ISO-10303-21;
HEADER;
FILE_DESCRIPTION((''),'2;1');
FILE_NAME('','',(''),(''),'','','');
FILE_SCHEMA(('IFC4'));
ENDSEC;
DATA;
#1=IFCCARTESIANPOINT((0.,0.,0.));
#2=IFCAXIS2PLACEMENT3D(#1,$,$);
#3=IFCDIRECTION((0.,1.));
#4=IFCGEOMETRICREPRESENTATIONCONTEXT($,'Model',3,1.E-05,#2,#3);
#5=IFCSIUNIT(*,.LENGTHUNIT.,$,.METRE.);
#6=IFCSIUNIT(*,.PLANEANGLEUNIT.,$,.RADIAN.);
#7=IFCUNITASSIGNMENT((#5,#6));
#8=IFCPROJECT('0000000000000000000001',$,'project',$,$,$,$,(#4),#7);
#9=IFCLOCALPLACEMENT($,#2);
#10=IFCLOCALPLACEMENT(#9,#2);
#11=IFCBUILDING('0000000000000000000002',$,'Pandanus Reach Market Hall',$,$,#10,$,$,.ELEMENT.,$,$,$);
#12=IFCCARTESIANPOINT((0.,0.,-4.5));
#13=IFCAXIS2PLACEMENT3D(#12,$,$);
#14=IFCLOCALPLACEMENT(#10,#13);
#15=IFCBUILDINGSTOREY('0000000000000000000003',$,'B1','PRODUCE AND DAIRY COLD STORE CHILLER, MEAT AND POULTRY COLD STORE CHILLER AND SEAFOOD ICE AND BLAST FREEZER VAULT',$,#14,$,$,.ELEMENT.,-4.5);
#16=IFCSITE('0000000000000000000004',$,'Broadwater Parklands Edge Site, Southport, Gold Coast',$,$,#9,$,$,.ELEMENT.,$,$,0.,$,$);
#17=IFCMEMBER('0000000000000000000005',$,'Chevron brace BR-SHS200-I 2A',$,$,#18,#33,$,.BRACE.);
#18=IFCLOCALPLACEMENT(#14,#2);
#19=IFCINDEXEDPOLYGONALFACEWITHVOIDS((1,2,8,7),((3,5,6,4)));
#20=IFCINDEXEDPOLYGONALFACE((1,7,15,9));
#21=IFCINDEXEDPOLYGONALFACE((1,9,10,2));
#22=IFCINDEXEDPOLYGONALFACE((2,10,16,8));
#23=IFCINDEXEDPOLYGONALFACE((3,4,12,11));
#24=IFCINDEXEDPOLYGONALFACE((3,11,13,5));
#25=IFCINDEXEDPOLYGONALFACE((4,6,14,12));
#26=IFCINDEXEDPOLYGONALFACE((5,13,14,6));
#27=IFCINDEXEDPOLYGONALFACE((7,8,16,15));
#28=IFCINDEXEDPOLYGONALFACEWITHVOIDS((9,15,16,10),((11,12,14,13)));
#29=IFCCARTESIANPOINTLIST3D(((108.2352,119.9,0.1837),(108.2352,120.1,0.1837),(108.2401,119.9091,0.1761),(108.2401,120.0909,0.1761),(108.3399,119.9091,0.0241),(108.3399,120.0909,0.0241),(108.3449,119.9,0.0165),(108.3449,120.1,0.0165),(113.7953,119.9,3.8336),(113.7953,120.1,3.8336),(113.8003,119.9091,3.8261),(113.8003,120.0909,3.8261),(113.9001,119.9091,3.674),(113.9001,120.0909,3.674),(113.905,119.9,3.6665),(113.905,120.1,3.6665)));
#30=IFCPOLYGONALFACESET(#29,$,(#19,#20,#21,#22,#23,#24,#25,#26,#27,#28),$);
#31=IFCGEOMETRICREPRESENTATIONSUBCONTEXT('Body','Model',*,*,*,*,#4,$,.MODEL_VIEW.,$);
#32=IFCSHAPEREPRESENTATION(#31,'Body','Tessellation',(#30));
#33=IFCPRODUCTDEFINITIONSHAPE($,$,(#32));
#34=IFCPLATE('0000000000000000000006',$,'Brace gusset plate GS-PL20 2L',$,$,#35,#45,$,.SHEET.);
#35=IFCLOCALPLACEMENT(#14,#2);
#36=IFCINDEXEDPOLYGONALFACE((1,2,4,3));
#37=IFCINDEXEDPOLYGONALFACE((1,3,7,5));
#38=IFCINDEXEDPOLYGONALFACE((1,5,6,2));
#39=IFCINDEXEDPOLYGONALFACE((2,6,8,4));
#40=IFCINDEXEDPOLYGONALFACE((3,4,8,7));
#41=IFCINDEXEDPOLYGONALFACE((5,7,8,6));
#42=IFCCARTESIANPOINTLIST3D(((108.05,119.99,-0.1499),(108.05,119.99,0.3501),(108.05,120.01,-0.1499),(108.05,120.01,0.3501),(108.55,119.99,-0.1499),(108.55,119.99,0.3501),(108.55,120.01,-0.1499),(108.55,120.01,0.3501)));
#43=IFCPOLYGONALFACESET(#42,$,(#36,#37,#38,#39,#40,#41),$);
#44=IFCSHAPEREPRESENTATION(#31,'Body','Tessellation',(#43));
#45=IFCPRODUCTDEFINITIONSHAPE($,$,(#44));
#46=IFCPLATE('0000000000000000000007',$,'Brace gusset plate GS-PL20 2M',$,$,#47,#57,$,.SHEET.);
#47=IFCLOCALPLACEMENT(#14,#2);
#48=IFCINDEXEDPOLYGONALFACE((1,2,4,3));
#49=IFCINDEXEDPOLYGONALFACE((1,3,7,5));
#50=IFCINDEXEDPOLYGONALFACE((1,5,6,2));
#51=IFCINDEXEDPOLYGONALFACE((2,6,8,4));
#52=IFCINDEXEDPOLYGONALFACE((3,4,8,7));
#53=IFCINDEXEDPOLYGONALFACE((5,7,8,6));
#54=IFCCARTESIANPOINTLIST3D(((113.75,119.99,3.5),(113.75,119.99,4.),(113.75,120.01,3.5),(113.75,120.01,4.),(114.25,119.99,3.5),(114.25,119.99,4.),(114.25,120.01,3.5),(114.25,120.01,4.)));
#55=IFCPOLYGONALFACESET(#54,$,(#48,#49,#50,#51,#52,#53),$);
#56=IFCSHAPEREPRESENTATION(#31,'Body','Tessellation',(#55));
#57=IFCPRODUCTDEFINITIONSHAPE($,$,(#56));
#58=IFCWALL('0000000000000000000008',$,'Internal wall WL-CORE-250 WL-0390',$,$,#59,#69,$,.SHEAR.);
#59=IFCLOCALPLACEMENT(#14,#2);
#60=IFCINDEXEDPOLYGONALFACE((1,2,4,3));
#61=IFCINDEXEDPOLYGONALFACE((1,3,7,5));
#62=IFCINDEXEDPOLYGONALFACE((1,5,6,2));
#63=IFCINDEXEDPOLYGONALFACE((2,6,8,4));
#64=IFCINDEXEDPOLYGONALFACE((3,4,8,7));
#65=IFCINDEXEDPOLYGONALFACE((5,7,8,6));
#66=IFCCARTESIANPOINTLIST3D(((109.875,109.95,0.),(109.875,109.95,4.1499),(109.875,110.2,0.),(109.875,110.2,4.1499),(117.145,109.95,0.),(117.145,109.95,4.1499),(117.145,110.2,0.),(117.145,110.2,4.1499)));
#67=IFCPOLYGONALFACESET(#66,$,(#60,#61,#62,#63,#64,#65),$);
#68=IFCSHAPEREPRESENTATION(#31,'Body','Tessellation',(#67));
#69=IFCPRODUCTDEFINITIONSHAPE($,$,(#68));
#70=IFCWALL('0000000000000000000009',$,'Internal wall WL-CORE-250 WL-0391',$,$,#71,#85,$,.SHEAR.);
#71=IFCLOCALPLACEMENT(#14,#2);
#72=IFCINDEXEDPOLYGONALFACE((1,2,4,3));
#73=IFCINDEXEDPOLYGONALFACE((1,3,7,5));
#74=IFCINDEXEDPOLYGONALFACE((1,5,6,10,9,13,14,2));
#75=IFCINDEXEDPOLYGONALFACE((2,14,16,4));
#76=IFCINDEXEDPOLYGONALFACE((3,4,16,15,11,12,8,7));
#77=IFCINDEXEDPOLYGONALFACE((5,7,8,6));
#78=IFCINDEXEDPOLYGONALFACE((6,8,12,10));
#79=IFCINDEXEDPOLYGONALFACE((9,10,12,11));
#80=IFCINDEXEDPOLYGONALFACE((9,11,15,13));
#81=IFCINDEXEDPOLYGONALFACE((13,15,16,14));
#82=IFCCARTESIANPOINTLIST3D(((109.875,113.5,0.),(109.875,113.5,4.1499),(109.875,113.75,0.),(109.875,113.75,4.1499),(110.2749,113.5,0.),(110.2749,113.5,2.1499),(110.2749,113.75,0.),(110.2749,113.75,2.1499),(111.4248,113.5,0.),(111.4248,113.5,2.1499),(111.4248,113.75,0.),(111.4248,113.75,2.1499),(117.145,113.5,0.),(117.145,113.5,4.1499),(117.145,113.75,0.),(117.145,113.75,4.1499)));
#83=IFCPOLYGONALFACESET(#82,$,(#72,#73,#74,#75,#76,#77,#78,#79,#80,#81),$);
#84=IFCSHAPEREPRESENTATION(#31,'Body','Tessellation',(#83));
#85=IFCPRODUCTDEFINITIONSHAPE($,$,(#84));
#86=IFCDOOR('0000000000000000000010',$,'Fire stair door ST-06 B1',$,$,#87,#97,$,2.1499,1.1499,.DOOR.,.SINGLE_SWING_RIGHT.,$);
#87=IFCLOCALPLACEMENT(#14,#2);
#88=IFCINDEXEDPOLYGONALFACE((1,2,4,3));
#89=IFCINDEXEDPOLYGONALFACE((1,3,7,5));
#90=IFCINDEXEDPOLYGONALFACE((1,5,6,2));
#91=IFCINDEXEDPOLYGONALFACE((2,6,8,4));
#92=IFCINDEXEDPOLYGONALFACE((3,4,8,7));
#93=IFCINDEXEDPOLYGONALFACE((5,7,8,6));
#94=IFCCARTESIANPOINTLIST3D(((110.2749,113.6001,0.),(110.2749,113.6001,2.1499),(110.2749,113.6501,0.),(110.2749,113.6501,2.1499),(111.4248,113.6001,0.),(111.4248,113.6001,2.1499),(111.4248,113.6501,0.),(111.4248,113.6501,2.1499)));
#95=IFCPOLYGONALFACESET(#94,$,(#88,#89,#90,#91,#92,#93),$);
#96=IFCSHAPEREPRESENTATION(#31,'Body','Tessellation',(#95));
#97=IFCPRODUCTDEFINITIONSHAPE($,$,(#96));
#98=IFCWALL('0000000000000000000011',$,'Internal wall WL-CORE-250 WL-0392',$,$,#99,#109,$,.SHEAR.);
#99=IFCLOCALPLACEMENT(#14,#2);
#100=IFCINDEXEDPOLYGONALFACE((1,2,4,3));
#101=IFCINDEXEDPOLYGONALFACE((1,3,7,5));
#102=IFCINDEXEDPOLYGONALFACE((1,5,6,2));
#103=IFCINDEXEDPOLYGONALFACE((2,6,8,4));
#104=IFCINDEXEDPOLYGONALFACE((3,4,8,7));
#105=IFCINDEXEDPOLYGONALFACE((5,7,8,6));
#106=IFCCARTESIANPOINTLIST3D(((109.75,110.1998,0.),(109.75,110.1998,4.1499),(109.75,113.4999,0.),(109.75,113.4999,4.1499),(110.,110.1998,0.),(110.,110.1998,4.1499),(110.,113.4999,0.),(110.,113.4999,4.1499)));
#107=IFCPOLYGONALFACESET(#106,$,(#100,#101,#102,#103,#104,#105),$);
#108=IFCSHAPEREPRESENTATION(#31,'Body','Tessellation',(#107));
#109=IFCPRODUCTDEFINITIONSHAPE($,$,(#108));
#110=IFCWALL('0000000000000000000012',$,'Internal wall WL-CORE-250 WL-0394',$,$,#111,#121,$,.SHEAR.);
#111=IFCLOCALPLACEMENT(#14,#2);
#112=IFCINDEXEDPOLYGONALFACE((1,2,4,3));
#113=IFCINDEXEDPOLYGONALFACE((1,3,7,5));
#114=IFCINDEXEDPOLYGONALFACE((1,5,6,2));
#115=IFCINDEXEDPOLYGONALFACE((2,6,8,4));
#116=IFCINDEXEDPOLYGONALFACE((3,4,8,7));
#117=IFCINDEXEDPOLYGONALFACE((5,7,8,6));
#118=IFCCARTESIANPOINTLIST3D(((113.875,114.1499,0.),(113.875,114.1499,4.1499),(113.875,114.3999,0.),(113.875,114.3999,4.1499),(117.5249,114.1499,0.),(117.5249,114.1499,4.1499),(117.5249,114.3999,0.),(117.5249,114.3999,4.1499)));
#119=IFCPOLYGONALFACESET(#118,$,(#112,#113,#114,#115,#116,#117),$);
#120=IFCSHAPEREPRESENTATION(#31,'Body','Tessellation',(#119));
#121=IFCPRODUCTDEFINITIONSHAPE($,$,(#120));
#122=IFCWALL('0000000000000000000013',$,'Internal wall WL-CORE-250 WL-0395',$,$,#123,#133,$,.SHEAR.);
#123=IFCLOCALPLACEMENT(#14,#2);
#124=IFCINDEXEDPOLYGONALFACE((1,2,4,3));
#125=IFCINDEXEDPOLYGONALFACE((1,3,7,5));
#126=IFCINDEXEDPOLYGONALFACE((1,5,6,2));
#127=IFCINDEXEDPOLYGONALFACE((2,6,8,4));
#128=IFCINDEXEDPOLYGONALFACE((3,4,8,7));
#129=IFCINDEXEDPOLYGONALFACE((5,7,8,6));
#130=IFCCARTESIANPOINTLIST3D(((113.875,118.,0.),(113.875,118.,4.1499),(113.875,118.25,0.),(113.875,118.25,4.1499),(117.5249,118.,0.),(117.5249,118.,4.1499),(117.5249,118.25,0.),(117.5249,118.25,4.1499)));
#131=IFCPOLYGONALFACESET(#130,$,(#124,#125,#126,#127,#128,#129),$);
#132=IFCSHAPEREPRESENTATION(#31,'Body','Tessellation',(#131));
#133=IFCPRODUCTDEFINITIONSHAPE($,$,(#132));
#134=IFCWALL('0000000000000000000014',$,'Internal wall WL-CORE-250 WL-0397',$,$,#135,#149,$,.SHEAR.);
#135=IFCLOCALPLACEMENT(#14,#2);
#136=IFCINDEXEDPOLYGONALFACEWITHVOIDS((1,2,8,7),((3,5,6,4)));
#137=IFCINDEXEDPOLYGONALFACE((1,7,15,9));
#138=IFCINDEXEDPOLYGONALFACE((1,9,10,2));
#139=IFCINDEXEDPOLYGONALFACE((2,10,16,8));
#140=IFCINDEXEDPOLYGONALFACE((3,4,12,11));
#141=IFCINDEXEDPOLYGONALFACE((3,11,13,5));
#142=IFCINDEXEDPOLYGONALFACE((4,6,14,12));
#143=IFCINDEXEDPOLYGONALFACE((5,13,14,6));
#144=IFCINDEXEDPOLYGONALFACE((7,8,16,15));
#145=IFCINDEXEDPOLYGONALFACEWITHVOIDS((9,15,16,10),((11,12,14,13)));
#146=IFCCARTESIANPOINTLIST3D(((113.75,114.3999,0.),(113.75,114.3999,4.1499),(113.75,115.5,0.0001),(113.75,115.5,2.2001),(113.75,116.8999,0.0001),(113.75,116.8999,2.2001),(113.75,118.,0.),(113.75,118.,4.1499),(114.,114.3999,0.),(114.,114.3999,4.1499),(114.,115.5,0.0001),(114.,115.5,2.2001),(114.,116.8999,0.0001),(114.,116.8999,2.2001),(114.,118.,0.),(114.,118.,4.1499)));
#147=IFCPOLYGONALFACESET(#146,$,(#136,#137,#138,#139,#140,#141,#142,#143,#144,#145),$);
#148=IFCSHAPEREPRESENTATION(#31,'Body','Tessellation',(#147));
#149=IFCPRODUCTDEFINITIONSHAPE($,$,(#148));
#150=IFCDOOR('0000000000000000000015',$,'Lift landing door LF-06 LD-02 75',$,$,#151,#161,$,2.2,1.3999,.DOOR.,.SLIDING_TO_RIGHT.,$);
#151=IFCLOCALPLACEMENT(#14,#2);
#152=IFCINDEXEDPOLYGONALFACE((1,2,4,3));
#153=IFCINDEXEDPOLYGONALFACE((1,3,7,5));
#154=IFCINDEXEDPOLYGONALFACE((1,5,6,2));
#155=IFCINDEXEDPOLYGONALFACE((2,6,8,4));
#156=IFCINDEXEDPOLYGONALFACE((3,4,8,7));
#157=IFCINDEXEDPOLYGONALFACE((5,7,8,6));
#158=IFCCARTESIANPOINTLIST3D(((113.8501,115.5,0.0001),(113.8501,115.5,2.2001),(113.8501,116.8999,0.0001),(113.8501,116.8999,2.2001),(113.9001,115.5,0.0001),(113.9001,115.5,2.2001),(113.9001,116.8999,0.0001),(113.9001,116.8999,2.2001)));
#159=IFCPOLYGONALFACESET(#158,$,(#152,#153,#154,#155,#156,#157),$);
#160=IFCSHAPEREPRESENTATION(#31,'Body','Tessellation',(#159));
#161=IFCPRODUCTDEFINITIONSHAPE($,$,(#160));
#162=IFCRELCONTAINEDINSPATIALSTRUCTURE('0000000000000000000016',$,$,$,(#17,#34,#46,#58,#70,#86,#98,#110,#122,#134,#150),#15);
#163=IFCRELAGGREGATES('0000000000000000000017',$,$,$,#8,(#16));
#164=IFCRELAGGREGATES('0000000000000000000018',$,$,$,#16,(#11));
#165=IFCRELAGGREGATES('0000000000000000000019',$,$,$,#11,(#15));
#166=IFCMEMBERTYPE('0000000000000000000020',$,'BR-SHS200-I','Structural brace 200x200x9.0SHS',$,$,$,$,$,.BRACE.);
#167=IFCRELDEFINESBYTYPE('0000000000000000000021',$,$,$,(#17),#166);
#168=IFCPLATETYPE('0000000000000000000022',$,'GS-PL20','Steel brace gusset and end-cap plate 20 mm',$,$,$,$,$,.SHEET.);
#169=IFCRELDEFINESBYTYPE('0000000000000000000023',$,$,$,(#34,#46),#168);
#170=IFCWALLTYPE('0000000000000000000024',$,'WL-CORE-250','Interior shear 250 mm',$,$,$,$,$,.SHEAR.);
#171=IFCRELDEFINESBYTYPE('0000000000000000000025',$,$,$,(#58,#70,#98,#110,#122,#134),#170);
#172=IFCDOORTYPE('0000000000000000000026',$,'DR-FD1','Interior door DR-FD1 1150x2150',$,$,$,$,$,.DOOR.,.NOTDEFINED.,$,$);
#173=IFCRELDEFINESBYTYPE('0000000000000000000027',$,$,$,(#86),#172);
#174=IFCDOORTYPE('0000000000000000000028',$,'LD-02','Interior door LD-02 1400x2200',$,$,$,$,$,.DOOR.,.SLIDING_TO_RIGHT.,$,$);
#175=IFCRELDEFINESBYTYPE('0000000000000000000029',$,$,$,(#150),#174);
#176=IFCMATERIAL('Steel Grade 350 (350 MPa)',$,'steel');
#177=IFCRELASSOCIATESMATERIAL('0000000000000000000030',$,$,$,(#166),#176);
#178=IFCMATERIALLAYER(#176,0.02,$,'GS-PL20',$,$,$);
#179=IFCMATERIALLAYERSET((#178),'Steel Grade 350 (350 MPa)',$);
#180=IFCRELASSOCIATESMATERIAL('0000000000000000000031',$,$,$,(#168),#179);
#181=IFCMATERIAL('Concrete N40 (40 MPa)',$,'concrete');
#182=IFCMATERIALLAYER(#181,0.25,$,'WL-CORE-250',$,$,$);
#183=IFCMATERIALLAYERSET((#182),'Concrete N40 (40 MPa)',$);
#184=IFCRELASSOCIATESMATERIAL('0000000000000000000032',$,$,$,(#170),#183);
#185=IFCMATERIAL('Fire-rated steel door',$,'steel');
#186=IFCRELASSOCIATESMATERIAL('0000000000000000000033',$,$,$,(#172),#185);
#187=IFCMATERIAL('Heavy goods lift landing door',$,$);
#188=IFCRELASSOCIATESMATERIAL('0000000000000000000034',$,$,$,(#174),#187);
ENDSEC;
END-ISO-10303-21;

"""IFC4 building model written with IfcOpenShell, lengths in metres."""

from ifc_helpers import new_model, si_unit, direction, frame, frame_2d, origin, origin_2d, place, context, subcontext, project, spatial, rectangle, hollow_rectangle, extrude, material, layer, layer_set, material_profile, profile_set, type_object, element, fill, save


model = new_model("IFC4")

# Units and contexts
model_context = context("Model", 3, precision=1e-05, world=origin(), true_north=direction((0.0, 1.0)))
body_context = subcontext(model_context, "Body", "Model", "MODEL_VIEW")
ifc_project = project(units=[si_unit("LENGTHUNIT", "METRE"), si_unit("PLANEANGLEUNIT", "RADIAN")], contexts=[model_context])

# Site, building, storey
site_placement = place(None, origin())
site = spatial("IfcSite", under=ifc_project, at=site_placement, Name="Broadwater Parklands Edge Site, Southport, Gold Coast", CompositionType="ELEMENT", RefElevation=0.0)
building_placement = place(site_placement, origin())
building = spatial("IfcBuilding", under=site, at=building_placement, Name="Pandanus Reach Market Hall", CompositionType="ELEMENT")
storey_placement = place(building_placement, frame((0.0, 0.0, -4.5)))
storey = spatial("IfcBuildingStorey", under=building, at=storey_placement, Name="B1", Description="PRODUCE AND DAIRY COLD STORE CHILLER, MEAT AND POULTRY COLD STORE CHILLER AND SEAFOOD ICE AND BLAST FREEZER VAULT", CompositionType="ELEMENT", Elevation=-4.5)

# Shared definitions
ifc_material_1 = material(Name="Concrete N40 (40 MPa)", Category="concrete")

# Member
ifc_material_2 = material(Name="Steel Grade 350 (350 MPa)", Category="steel")
ifc_material_profile_1 = material_profile(ifc_material_2, hollow_rectangle(XDim=0.2, YDim=0.2, WallThickness=0.009, at=origin_2d()), Name="200x200x9.0SHS", Category="LoadBearing")
ifc_profile_set_1 = profile_set([ifc_material_profile_1], Name="Steel Grade 350 (350 MPa)")
member_type = type_object("IfcMemberType", Name="BR-SHS200-I", Description="Structural brace 200x200x9.0SHS", PredefinedType="BRACE", material=ifc_profile_set_1)
member_placement = place(storey_placement, frame((108.29, 120.0, 0.1001), z_axis=(0.835971, 0.0, 0.548773), x_axis=(0.0, 1.0, 0.0)))
element("IfcMember", 1, at=member_placement, inside=storey, type_object=member_type, Name="Chevron brace BR-SHS200-I 2A", PredefinedType="BRACE", context=body_context, shape_type="SweptSolid", body=[
    extrude(hollow_rectangle(XDim=0.2, YDim=0.2, WallThickness=0.009, at=origin_2d()), origin(), (0.0, 0.0, 1.0), 6.6511),
])

# Plates
ifc_layer_1 = layer(ifc_material_2, 0.02, Name="GS-PL20")
ifc_layer_set_1 = layer_set([ifc_layer_1], Name="Steel Grade 350 (350 MPa)")
plate_type = type_object("IfcPlateType", Name="GS-PL20", Description="Steel brace gusset and end-cap plate 20 mm", PredefinedType="SHEET", material=ifc_layer_set_1)
for number, where, z_axis, x_axis, name in (
    (2, (108.3, 120.0, -0.1499), (0.0, 0.0, 1.0), (1.0, 0.0, 0.0), "Brace gusset plate GS-PL20 2L"),
    (3, (114.0, 120.0, 3.5), (0.0, 0.0, 1.0), (1.0, 0.0, 0.0), "Brace gusset plate GS-PL20 2M"),
):
    element("IfcPlate", number, at=place(storey_placement, frame(where, z_axis=z_axis, x_axis=x_axis)), inside=storey, type_object=plate_type, Name=name, PredefinedType="SHEET", context=body_context, shape_type="SweptSolid", body=[
        extrude(rectangle(XDim=0.5, YDim=0.02, at=origin_2d()), origin(), (0.0, 0.0, 1.0), 0.5),
    ])

# Wall
ifc_layer_2 = layer(ifc_material_1, 0.25, Name="WL-CORE-250")
ifc_layer_set_2 = layer_set([ifc_layer_2], Name="Concrete N40 (40 MPa)")
wall_type_1 = type_object("IfcWallType", Name="WL-CORE-250", Description="Interior shear 250 mm", PredefinedType="SHEAR", material=ifc_layer_set_2)
wall_1_placement = place(storey_placement, frame((109.875, 110.075, 0.0), z_axis=(0.0, 0.0, 1.0), x_axis=(1.0, 0.0, 0.0)))
element("IfcWall", 4, at=wall_1_placement, inside=storey, type_object=wall_type_1, Name="Internal wall WL-CORE-250 WL-0390", PredefinedType="SHEAR", context=body_context, shape_type="SweptSolid", body=[
    extrude(rectangle(XDim=7.27, YDim=0.25, at=frame_2d((3.635, 0.0))), origin(), (0.0, 0.0, 1.0), 4.1499),
])

# Wall, opening, door
wall_2_placement = place(storey_placement, frame((109.875, 113.625, 0.0), z_axis=(0.0, 0.0, 1.0), x_axis=(1.0, 0.0, 0.0)))
wall_2 = element("IfcWall", 5, at=wall_2_placement, inside=storey, type_object=wall_type_1, Name="Internal wall WL-CORE-250 WL-0391", PredefinedType="SHEAR", context=body_context, shape_type="SweptSolid", body=[
    extrude(rectangle(XDim=7.27, YDim=0.25, at=frame_2d((3.635, 0.0))), origin(), (0.0, 0.0, 1.0), 4.1499),
])
opening_1_placement = place(wall_2_placement, frame((0.3999, 0.0, 0.0)))
opening_1 = element("IfcOpeningElement", 6, at=opening_1_placement, cuts=wall_2, PredefinedType="OPENING", context=body_context, shape_type="SweptSolid", body=[
    extrude(rectangle(XDim=1.1499, YDim=2.1499, at=frame_2d((0.575, 1.075))), frame((0.0, 0.1399, 0.0), z_axis=(0.0, -1.0, 0.0), x_axis=(1.0, 0.0, 0.0)), (0.0, 0.0, 1.0), 0.28),
])
ifc_material_3 = material(Name="Fire-rated steel door", Category="steel")
door_type_1 = type_object("IfcDoorType", Name="DR-FD1", Description="Interior door DR-FD1 1150x2150", OperationType="NOTDEFINED", PredefinedType="DOOR", material=ifc_material_3)
door_1_placement = place(opening_1_placement, frame((1.1499, 0.0, 0.0), z_axis=(0.0, 0.0, 1.0), x_axis=(-1.0, 0.0, 0.0)))
door_1 = element("IfcDoor", 7, at=door_1_placement, inside=storey, type_object=door_type_1, Name="Fire stair door ST-06 B1", OperationType="SINGLE_SWING_RIGHT", OverallHeight=2.1499, OverallWidth=1.1499, PredefinedType="DOOR", context=body_context, shape_type="SweptSolid", body=[
    extrude(rectangle(XDim=1.1499, YDim=2.1499, at=frame_2d((0.575, 1.075))), frame((0.0, 0.0249, 0.0), z_axis=(0.0, -1.0, 0.0), x_axis=(1.0, 0.0, 0.0)), (0.0, 0.0, 1.0), 0.05),
])
fill(opening_1, door_1)

# Walls
wall_3_placement = place(storey_placement, frame((109.875, 110.2, 0.0), z_axis=(0.0, 0.0, 1.0), x_axis=(0.0, 1.0, 0.0)))
element("IfcWall", 8, at=wall_3_placement, inside=storey, type_object=wall_type_1, Name="Internal wall WL-CORE-250 WL-0392", PredefinedType="SHEAR", context=body_context, shape_type="SweptSolid", body=[
    extrude(rectangle(XDim=3.3, YDim=0.25, at=frame_2d((1.6499, 0.0))), origin(), (0.0, 0.0, 1.0), 4.1499),
])
for number, where, z_axis, x_axis, name in (
    (9, (113.875, 114.2749, 0.0), (0.0, 0.0, 1.0), (1.0, 0.0, 0.0), "Internal wall WL-CORE-250 WL-0394"),
    (10, (113.875, 118.125, 0.0), (0.0, 0.0, 1.0), (1.0, 0.0, 0.0), "Internal wall WL-CORE-250 WL-0395"),
):
    element("IfcWall", number, at=place(storey_placement, frame(where, z_axis=z_axis, x_axis=x_axis)), inside=storey, type_object=wall_type_1, Name=name, PredefinedType="SHEAR", context=body_context, shape_type="SweptSolid", body=[
        extrude(rectangle(XDim=3.6499, YDim=0.25, at=frame_2d((1.825, 0.0))), origin(), (0.0, 0.0, 1.0), 4.1499),
    ])

# Wall, opening, door
wall_4_placement = place(storey_placement, frame((113.875, 114.3999, 0.0), z_axis=(0.0, 0.0, 1.0), x_axis=(0.0, 1.0, 0.0)))
wall_4 = element("IfcWall", 11, at=wall_4_placement, inside=storey, type_object=wall_type_1, Name="Internal wall WL-CORE-250 WL-0397", PredefinedType="SHEAR", context=body_context, shape_type="SweptSolid", body=[
    extrude(rectangle(XDim=3.6001, YDim=0.25, at=frame_2d((1.8, 0.0))), origin(), (0.0, 0.0, 1.0), 4.1499),
])
opening_2_placement = place(wall_4_placement, frame((1.1001, 0.0, 0.0)))
opening_2 = element("IfcOpeningElement", 12, at=opening_2_placement, cuts=wall_4, PredefinedType="OPENING", context=body_context, shape_type="SweptSolid", body=[
    extrude(rectangle(XDim=1.3999, YDim=2.2, at=frame_2d((0.7, 1.1001))), frame((0.0, 0.1399, 0.0), z_axis=(0.0, -1.0, 0.0), x_axis=(1.0, 0.0, 0.0)), (0.0, 0.0, 1.0), 0.28),
])
ifc_material_4 = material(Name="Heavy goods lift landing door")
door_type_2 = type_object("IfcDoorType", Name="LD-02", Description="Interior door LD-02 1400x2200", OperationType="SLIDING_TO_RIGHT", PredefinedType="DOOR", material=ifc_material_4)
door_2_placement = place(opening_2_placement, origin())
door_2 = element("IfcDoor", 13, at=door_2_placement, inside=storey, type_object=door_type_2, Name="Lift landing door LF-06 LD-02 75", OperationType="SLIDING_TO_RIGHT", OverallHeight=2.2, OverallWidth=1.3999, PredefinedType="DOOR", context=body_context, shape_type="SweptSolid", body=[
    extrude(rectangle(XDim=1.3999, YDim=2.2, at=frame_2d((0.7, 1.1001))), frame((0.0, 0.0249, 0.0), z_axis=(0.0, -1.0, 0.0), x_axis=(1.0, 0.0, 0.0)), (0.0, 0.0, 1.0), 0.05),
])
fill(opening_2, door_2)

save(model, "model.ifc")
